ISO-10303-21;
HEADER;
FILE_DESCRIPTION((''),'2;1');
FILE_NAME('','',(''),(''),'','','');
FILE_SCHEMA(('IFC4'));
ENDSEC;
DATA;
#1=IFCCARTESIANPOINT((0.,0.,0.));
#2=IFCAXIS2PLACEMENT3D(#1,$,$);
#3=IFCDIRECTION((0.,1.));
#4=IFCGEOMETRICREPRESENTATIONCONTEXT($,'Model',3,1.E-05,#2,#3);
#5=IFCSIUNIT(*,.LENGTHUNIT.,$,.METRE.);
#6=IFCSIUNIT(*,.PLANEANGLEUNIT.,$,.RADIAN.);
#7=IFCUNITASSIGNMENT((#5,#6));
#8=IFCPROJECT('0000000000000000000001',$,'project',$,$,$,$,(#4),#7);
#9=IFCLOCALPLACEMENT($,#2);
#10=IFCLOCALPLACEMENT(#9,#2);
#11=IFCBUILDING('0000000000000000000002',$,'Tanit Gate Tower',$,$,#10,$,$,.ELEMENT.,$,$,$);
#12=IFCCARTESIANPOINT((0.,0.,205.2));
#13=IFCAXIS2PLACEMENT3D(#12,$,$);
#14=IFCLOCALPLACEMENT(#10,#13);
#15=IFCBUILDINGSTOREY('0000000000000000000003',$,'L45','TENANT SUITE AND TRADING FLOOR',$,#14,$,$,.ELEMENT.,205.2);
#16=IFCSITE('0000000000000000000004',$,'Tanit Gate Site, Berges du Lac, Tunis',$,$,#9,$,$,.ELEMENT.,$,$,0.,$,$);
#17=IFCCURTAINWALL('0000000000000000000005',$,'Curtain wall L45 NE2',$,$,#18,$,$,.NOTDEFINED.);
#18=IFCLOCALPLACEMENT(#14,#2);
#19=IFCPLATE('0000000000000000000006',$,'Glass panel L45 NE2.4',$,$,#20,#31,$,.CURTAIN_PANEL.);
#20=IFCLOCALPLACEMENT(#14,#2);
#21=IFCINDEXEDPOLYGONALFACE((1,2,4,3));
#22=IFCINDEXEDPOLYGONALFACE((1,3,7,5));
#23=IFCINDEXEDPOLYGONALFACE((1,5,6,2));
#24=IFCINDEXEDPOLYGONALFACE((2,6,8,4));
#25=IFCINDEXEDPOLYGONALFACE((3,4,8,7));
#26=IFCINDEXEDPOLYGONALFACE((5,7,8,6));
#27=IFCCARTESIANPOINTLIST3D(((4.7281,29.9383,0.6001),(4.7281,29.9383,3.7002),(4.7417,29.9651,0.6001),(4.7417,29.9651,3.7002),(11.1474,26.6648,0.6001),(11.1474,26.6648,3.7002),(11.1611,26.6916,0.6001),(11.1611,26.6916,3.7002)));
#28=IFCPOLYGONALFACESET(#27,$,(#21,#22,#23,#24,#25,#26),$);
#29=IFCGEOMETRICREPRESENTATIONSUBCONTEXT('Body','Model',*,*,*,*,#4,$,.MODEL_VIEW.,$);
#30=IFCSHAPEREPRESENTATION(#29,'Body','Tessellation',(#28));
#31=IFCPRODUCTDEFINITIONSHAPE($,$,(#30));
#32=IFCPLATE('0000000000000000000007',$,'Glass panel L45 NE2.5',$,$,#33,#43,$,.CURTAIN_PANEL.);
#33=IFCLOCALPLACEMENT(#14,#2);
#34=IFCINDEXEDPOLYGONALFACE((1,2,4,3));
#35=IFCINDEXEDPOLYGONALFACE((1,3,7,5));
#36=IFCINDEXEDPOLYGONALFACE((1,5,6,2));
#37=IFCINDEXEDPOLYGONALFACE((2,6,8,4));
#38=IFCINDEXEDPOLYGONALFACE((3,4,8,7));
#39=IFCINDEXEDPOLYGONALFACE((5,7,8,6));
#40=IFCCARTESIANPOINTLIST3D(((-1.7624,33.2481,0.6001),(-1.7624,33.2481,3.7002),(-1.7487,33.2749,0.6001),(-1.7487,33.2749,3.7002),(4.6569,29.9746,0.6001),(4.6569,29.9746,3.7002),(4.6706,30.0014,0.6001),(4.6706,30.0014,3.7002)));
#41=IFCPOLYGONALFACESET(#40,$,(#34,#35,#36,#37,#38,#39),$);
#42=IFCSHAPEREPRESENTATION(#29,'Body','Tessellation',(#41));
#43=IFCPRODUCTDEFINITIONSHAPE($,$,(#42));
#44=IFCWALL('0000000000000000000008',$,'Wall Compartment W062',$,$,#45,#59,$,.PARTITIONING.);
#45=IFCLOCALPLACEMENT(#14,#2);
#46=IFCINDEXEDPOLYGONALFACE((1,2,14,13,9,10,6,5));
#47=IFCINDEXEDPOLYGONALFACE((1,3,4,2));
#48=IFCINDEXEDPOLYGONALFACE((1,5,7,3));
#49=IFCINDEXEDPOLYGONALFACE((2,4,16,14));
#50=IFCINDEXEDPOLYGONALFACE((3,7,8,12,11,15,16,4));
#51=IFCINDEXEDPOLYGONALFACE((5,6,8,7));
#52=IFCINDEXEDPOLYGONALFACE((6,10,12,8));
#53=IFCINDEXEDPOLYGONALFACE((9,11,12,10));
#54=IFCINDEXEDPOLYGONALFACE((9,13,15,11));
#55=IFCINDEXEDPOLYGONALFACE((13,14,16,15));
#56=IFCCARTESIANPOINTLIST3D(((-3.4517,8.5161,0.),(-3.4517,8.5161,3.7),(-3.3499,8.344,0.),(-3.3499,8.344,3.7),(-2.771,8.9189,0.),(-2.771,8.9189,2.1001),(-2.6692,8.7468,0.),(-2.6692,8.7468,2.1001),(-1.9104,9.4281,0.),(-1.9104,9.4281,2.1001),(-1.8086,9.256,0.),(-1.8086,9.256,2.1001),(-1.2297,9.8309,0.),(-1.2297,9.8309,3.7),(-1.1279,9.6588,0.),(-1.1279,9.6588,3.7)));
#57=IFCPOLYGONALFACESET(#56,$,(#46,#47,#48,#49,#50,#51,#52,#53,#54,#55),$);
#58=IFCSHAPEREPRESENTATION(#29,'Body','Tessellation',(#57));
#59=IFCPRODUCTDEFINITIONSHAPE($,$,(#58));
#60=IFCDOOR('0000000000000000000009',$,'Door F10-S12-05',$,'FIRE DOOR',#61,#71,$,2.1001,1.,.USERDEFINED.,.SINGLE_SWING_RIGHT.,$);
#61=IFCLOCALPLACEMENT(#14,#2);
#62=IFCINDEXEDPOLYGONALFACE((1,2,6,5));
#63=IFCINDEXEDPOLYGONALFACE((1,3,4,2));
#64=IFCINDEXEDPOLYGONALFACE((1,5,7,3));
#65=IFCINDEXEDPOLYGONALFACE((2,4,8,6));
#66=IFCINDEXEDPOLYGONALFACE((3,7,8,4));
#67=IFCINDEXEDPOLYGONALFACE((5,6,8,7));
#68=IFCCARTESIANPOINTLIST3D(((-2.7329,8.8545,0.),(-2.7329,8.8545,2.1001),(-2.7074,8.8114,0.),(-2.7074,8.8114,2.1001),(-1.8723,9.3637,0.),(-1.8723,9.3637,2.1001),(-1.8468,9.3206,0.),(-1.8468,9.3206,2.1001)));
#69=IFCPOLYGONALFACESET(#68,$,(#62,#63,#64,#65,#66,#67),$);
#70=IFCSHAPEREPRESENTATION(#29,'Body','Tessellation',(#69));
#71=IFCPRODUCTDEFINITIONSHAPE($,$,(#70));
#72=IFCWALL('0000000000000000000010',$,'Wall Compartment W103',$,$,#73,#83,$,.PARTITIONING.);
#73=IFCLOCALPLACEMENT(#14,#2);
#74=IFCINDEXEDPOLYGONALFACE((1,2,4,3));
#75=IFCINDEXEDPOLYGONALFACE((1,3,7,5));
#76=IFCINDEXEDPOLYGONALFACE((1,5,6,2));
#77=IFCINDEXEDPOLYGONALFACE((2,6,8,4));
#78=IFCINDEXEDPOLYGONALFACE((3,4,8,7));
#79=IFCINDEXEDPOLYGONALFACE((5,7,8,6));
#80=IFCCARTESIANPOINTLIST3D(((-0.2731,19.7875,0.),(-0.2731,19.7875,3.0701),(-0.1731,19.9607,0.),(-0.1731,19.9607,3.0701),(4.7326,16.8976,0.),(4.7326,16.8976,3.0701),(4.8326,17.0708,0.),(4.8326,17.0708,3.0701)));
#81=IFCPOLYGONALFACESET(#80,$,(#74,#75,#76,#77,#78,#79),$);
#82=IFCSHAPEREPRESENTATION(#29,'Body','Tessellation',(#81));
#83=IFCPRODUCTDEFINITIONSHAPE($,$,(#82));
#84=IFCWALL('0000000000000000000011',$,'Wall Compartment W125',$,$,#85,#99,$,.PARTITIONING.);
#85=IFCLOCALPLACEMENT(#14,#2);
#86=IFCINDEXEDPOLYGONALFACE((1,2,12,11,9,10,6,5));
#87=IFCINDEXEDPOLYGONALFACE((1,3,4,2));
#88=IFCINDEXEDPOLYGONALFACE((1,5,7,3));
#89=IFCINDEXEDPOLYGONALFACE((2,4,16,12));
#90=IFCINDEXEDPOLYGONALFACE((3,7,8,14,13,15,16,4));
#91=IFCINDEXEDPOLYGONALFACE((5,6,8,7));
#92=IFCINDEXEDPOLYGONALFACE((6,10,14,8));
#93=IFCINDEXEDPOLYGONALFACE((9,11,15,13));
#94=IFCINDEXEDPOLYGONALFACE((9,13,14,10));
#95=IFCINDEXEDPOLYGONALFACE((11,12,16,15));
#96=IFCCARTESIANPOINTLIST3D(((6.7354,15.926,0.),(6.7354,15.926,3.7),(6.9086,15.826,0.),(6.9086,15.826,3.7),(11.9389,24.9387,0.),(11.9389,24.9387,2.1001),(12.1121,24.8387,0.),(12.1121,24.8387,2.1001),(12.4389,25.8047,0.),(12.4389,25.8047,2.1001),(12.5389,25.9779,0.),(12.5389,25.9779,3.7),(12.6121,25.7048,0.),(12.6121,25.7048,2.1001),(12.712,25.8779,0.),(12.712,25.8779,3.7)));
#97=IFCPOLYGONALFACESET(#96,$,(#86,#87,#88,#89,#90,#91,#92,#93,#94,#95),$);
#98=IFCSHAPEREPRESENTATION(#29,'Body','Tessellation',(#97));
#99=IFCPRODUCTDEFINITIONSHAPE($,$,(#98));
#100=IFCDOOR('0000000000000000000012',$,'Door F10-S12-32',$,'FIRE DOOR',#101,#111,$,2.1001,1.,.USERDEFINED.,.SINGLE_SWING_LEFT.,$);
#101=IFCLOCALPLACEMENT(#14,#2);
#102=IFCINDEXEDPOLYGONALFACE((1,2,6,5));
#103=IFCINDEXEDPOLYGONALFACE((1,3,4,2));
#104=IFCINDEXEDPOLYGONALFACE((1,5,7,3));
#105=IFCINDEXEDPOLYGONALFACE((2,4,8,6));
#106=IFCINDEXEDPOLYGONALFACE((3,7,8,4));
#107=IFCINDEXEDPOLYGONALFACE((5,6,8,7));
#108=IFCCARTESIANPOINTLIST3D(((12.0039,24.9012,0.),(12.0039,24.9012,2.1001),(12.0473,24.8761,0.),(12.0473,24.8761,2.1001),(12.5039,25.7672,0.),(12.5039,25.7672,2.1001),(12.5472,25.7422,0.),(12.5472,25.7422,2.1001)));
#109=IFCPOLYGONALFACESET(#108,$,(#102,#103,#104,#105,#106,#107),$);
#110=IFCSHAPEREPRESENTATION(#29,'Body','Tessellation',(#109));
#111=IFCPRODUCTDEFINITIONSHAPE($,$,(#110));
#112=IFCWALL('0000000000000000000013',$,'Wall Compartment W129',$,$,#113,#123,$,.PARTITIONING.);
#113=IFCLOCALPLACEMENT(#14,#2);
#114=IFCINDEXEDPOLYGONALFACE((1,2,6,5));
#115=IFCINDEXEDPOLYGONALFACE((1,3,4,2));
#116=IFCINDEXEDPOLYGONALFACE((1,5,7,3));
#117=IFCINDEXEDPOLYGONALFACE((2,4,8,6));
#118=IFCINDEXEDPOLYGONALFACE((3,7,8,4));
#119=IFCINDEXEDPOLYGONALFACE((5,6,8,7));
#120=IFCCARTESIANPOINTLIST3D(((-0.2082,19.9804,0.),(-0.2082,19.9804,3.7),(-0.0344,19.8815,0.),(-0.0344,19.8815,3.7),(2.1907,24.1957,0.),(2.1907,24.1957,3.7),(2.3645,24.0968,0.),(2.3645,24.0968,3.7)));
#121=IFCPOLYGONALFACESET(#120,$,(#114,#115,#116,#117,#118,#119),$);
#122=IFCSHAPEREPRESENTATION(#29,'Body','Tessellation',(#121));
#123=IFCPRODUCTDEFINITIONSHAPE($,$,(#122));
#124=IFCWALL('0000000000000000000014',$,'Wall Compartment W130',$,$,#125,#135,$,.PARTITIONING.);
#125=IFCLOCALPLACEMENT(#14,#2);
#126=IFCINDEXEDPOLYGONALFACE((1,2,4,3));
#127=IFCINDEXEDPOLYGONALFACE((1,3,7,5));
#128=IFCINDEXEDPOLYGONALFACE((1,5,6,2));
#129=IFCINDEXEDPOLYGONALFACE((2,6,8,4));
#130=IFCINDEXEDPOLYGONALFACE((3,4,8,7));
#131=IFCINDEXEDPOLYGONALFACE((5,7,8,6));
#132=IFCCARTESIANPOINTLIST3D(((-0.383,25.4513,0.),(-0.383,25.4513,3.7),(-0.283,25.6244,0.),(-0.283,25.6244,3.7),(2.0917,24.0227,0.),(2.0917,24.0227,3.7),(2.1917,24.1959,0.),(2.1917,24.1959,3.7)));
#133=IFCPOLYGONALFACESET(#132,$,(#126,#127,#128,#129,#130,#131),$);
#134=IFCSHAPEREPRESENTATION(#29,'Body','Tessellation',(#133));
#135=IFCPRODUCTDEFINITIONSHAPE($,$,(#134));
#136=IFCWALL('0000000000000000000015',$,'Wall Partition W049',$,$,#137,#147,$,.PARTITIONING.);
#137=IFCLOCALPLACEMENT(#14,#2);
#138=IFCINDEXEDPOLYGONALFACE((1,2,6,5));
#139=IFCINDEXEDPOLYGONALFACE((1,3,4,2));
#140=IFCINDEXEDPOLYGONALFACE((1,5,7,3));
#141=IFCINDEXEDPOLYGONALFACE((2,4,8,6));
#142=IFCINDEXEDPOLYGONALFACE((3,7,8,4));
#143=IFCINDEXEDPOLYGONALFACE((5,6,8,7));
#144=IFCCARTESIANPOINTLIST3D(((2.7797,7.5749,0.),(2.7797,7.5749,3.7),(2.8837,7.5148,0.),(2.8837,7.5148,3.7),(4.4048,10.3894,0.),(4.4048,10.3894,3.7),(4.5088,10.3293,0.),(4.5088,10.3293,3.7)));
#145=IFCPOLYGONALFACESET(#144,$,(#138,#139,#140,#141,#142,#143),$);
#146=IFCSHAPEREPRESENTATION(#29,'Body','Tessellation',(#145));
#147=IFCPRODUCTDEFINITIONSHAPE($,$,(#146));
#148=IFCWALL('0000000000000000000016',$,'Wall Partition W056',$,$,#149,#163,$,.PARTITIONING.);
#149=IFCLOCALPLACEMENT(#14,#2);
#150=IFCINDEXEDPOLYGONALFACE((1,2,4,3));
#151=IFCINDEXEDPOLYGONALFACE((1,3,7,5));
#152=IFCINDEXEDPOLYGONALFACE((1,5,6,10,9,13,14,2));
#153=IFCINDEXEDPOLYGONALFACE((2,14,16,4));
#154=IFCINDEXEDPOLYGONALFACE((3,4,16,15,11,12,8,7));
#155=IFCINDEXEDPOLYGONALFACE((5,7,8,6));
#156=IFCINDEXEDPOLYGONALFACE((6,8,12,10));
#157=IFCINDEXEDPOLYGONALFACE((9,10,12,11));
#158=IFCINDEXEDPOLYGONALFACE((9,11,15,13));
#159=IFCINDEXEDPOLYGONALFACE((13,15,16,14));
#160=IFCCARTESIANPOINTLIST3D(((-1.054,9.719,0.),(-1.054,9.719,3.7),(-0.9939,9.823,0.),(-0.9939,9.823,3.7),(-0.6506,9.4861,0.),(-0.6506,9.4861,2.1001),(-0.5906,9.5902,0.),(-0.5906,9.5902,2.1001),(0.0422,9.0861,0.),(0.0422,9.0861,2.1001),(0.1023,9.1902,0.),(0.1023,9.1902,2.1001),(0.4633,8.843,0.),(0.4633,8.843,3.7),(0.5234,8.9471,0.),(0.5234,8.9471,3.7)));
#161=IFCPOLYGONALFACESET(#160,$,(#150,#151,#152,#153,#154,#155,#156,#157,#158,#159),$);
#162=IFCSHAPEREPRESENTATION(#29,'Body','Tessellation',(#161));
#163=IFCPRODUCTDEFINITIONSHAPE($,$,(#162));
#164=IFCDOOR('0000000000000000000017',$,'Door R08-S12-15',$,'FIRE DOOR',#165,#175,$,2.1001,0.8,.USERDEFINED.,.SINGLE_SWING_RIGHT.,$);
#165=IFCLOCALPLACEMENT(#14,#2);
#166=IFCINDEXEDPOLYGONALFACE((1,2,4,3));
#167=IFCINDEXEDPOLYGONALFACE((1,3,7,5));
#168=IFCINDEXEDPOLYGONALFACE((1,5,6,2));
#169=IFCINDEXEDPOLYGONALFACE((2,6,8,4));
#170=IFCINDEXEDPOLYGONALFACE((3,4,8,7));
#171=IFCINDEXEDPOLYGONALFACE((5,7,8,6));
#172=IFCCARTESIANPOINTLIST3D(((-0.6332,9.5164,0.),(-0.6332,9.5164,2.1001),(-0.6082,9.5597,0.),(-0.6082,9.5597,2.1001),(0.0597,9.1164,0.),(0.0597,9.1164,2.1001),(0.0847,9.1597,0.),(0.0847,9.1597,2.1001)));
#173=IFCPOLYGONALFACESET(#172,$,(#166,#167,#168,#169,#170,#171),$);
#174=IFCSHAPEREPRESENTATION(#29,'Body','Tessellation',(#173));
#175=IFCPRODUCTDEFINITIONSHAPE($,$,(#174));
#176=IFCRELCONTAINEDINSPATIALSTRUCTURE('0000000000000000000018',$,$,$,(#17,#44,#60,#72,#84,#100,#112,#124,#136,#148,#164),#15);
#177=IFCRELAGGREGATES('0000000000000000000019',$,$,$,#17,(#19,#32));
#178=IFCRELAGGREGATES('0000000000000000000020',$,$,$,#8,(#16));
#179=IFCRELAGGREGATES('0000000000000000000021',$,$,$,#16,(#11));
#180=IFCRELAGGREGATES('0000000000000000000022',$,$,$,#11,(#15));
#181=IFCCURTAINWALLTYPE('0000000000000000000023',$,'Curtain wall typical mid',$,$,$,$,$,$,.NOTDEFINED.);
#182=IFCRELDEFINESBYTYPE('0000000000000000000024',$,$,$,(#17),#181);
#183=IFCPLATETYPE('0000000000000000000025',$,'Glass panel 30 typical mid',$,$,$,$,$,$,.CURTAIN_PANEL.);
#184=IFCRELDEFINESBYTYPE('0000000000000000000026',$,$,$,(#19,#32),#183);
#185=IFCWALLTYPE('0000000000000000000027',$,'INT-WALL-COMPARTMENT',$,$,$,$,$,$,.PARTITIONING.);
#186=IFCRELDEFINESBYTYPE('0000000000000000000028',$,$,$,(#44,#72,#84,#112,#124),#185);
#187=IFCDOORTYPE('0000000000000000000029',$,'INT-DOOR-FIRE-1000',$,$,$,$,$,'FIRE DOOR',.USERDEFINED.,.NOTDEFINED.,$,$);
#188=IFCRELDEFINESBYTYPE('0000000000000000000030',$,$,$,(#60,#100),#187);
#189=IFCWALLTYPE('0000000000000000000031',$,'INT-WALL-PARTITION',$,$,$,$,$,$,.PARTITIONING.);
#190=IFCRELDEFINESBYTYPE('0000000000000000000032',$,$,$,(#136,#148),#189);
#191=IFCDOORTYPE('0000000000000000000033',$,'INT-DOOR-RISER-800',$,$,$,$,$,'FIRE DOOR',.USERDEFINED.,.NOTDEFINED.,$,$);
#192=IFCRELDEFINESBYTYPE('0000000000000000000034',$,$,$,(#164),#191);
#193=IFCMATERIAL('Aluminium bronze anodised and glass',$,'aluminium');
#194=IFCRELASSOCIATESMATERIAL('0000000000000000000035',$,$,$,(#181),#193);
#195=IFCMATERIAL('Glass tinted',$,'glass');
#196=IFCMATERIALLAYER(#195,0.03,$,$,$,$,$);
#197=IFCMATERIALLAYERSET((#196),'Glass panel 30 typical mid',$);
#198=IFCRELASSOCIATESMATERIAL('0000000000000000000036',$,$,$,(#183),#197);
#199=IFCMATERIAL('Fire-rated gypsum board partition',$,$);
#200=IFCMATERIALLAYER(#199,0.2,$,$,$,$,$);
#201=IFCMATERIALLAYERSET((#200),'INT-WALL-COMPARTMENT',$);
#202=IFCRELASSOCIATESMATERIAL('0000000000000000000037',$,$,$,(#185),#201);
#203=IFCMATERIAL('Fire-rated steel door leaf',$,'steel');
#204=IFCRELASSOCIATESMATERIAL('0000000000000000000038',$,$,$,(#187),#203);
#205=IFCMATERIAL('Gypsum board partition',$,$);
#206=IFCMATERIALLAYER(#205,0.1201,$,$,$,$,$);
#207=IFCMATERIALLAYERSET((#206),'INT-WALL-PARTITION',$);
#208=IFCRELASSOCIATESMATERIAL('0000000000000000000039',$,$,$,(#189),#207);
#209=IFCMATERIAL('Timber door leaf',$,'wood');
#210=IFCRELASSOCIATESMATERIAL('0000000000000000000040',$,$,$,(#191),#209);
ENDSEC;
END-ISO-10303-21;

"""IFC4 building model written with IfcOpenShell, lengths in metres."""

from ifc_helpers import new_model, si_unit, direction, frame, frame_2d, origin, origin_2d, place, context, subcontext, project, spatial, rectangle, extrude, material, layer, layer_set, type_object, element, fill, aggregate, save


model = new_model("IFC4")

# Units and contexts
model_context = context("Model", 3, precision=1e-05, world=origin(), true_north=direction((0.0, 1.0)))
body_context = subcontext(model_context, "Body", "Model", "MODEL_VIEW")
ifc_project = project(units=[si_unit("LENGTHUNIT", "METRE"), si_unit("PLANEANGLEUNIT", "RADIAN")], contexts=[model_context])

# Site, building, storey
site_placement = place(None, origin())
site = spatial("IfcSite", under=ifc_project, at=site_placement, Name="Tanit Gate Site, Berges du Lac, Tunis", CompositionType="ELEMENT", RefElevation=0.0)
building_placement = place(site_placement, origin())
building = spatial("IfcBuilding", under=site, at=building_placement, Name="Tanit Gate Tower", CompositionType="ELEMENT")
storey_placement = place(building_placement, frame((0.0, 0.0, 205.2)))
storey = spatial("IfcBuildingStorey", under=building, at=storey_placement, Name="L45", Description="TENANT SUITE AND TRADING FLOOR", CompositionType="ELEMENT", Elevation=205.2)

# Curtain wall
ifc_material_1 = material(Name="Aluminium bronze anodised and glass", Category="aluminium")
curtain_wall_type = type_object("IfcCurtainWallType", Name="Curtain wall typical mid", PredefinedType="NOTDEFINED", material=ifc_material_1)
curtain_wall_1_placement = place(storey_placement, origin())
curtain_wall_1 = element("IfcCurtainWall", 1, at=curtain_wall_1_placement, inside=storey, type_object=curtain_wall_type, Name="Curtain wall L45 NE2", PredefinedType="NOTDEFINED")

# Plates
ifc_material_2 = material(Name="Glass tinted", Category="glass")
ifc_layer_1 = layer(ifc_material_2, 0.03)
ifc_layer_set_1 = layer_set([ifc_layer_1], Name="Glass panel 30 typical mid")
plate_type = type_object("IfcPlateType", Name="Glass panel 30 typical mid", PredefinedType="CURTAIN_PANEL", material=ifc_layer_set_1)
plate_1_placement = place(storey_placement, frame((7.9446, 28.3149, 0.6001), z_axis=(0.0, 0.0, 1.0), x_axis=(-0.890855, 0.454288, 0.0)))
plate_1 = element("IfcPlate", 2, at=plate_1_placement, type_object=plate_type, Name="Glass panel L45 NE2.4", PredefinedType="CURTAIN_PANEL", context=body_context, shape_type="SweptSolid", body=[
    extrude(rectangle(XDim=7.2058, YDim=0.03, at=origin_2d()), origin(), (0.0, 0.0, 1.0), 3.1001),
])
plate_2_placement = place(storey_placement, frame((1.4541, 31.6248, 0.6001), z_axis=(0.0, 0.0, 1.0), x_axis=(-0.890855, 0.454288, 0.0)))
plate_2 = element("IfcPlate", 3, at=plate_2_placement, type_object=plate_type, Name="Glass panel L45 NE2.5", PredefinedType="CURTAIN_PANEL", context=body_context, shape_type="SweptSolid", body=[
    extrude(rectangle(XDim=7.2058, YDim=0.03, at=origin_2d()), origin(), (0.0, 0.0, 1.0), 3.1001),
])
aggregate(curtain_wall_1, [plate_1, plate_2])

# Wall, opening, door
ifc_material_3 = material(Name="Fire-rated gypsum board partition")
ifc_layer_2 = layer(ifc_material_3, 0.2)
ifc_layer_set_2 = layer_set([ifc_layer_2], Name="INT-WALL-COMPARTMENT")
wall_type_1 = type_object("IfcWallType", Name="INT-WALL-COMPARTMENT", PredefinedType="PARTITIONING", material=ifc_layer_set_2)
wall_1_placement = place(storey_placement, frame((-1.1787, 9.7449, 0.0), z_axis=(0.0, 0.0, 1.0), x_axis=(-0.860631, -0.509229, 0.0)))
wall_1 = element("IfcWall", 4, at=wall_1_placement, inside=storey, type_object=wall_type_1, Name="Wall Compartment W062", PredefinedType="PARTITIONING", context=body_context, shape_type="SweptSolid", body=[
    extrude(rectangle(XDim=2.5818, YDim=0.2, at=frame_2d((1.291, 0.0))), origin(), (0.0, 0.0, 1.0), 3.7),
])
opening_1_placement = place(wall_1_placement, frame((0.791, 0.0, 0.0)))
opening_1 = element("IfcOpeningElement", 5, at=opening_1_placement, cuts=wall_1, PredefinedType="OPENING", context=body_context, shape_type="SweptSolid", body=[
    extrude(rectangle(XDim=1.0, YDim=2.1001, at=frame_2d((0.5, 1.05))), frame((0.0, 0.1099, 0.0), z_axis=(0.0, -1.0, 0.0), x_axis=(1.0, 0.0, 0.0)), (0.0, 0.0, 1.0), 0.22),
])
ifc_material_4 = material(Name="Fire-rated steel door leaf", Category="steel")
door_type_1 = type_object("IfcDoorType", Name="INT-DOOR-FIRE-1000", ElementType="FIRE DOOR", OperationType="NOTDEFINED", PredefinedType="USERDEFINED", material=ifc_material_4)
door_1_placement = place(opening_1_placement, origin())
door_1 = element("IfcDoor", 6, at=door_1_placement, inside=storey, type_object=door_type_1, Name="Door F10-S12-05", ObjectType="FIRE DOOR", OperationType="SINGLE_SWING_RIGHT", OverallHeight=2.1001, OverallWidth=1.0, PredefinedType="USERDEFINED", context=body_context, shape_type="SweptSolid", body=[
    extrude(rectangle(XDim=1.0, YDim=2.1001, at=frame_2d((0.5, 1.05))), frame((0.0, 0.0249, 0.0), z_axis=(0.0, -1.0, 0.0), x_axis=(1.0, 0.0, 0.0)), (0.0, 0.0, 1.0), 0.05),
])
fill(opening_1, door_1)

# Wall
wall_2_placement = place(storey_placement, frame((4.7827, 16.9841, 0.0), z_axis=(0.0, 0.0, 1.0), x_axis=(-0.866033, 0.499987, 0.0)))
element("IfcWall", 7, at=wall_2_placement, inside=storey, type_object=wall_type_1, Name="Wall Compartment W103", PredefinedType="PARTITIONING", context=body_context, shape_type="SweptSolid", body=[
    extrude(rectangle(XDim=5.78, YDim=0.2, at=frame_2d((2.8901, 0.0))), origin(), (0.0, 0.0, 1.0), 3.0701),
])

# Wall, opening, door
wall_3_placement = place(storey_placement, frame((6.822, 15.876, 0.0), z_axis=(0.0, 0.0, 1.0), x_axis=(0.499996, 0.866028, 0.0)))
wall_3 = element("IfcWall", 8, at=wall_3_placement, inside=storey, type_object=wall_type_1, Name="Wall Compartment W125", PredefinedType="PARTITIONING", context=body_context, shape_type="SweptSolid", body=[
    extrude(rectangle(XDim=11.6069, YDim=0.2, at=frame_2d((5.8035, 0.0))), origin(), (0.0, 0.0, 1.0), 3.7),
])
opening_2_placement = place(wall_3_placement, frame((10.407, 0.0, 0.0)))
opening_2 = element("IfcOpeningElement", 9, at=opening_2_placement, cuts=wall_3, PredefinedType="OPENING", context=body_context, shape_type="SweptSolid", body=[
    extrude(rectangle(XDim=1.0, YDim=2.1001, at=frame_2d((0.5, 1.05))), frame((0.0, 0.1099, 0.0), z_axis=(0.0, -1.0, 0.0), x_axis=(1.0, 0.0, 0.0)), (0.0, 0.0, 1.0), 0.22),
])
door_2_placement = place(opening_2_placement, origin())
door_2 = element("IfcDoor", 10, at=door_2_placement, inside=storey, type_object=door_type_1, Name="Door F10-S12-32", ObjectType="FIRE DOOR", OperationType="SINGLE_SWING_LEFT", OverallHeight=2.1001, OverallWidth=1.0, PredefinedType="USERDEFINED", context=body_context, shape_type="SweptSolid", body=[
    extrude(rectangle(XDim=1.0, YDim=2.1001, at=frame_2d((0.5, 1.05))), frame((0.0, 0.0249, 0.0), z_axis=(0.0, -1.0, 0.0), x_axis=(1.0, 0.0, 0.0)), (0.0, 0.0, 1.0), 0.05),
])
fill(opening_2, door_2)

# Walls
wall_4_placement = place(storey_placement, frame((2.2776, 24.1462, 0.0), z_axis=(0.0, 0.0, 1.0), x_axis=(-0.494609, -0.869115, 0.0)))
element("IfcWall", 11, at=wall_4_placement, inside=storey, type_object=wall_type_1, Name="Wall Compartment W129", PredefinedType="PARTITIONING", context=body_context, shape_type="SweptSolid", body=[
    extrude(rectangle(XDim=4.8501, YDim=0.2, at=frame_2d((2.425, 0.0))), origin(), (0.0, 0.0, 1.0), 3.7),
])
wall_5_placement = place(storey_placement, frame((-0.333, 25.5378, 0.0), z_axis=(0.0, 0.0, 1.0), x_axis=(0.866063, -0.499934, 0.0)))
element("IfcWall", 12, at=wall_5_placement, inside=storey, type_object=wall_type_1, Name="Wall Compartment W130", PredefinedType="PARTITIONING", context=body_context, shape_type="SweptSolid", body=[
    extrude(rectangle(XDim=2.8574, YDim=0.2, at=frame_2d((1.4287, 0.0))), origin(), (0.0, 0.0, 1.0), 3.7),
])
ifc_material_5 = material(Name="Gypsum board partition")
ifc_layer_3 = layer(ifc_material_5, 0.1201)
ifc_layer_set_3 = layer_set([ifc_layer_3], Name="INT-WALL-PARTITION")
wall_type_2 = type_object("IfcWallType", Name="INT-WALL-PARTITION", PredefinedType="PARTITIONING", material=ifc_layer_set_3)
wall_6_placement = place(storey_placement, frame((4.4568, 10.3594, 0.0), z_axis=(0.0, 0.0, 1.0), x_axis=(-0.500017, -0.866015, 0.0)))
element("IfcWall", 13, at=wall_6_placement, inside=storey, type_object=wall_type_2, Name="Wall Partition W049", PredefinedType="PARTITIONING", context=body_context, shape_type="SweptSolid", body=[
    extrude(rectangle(XDim=3.25, YDim=0.1201, at=frame_2d((1.625, 0.0))), origin(), (0.0, 0.0, 1.0), 3.7),
])

# Wall, opening, door
wall_7_placement = place(storey_placement, frame((-1.0239, 9.771, 0.0), z_axis=(0.0, 0.0, 1.0), x_axis=(0.866039, -0.499976, 0.0)))
wall_7 = element("IfcWall", 14, at=wall_7_placement, inside=storey, type_object=wall_type_2, Name="Wall Partition W056", PredefinedType="PARTITIONING", context=body_context, shape_type="SweptSolid", body=[
    extrude(rectangle(XDim=1.752, YDim=0.1201, at=frame_2d((0.876, 0.0))), origin(), (0.0, 0.0, 1.0), 3.7),
])
opening_3_placement = place(wall_7_placement, frame((0.4658, 0.0, 0.0)))
opening_3 = element("IfcOpeningElement", 15, at=opening_3_placement, cuts=wall_7, PredefinedType="OPENING", context=body_context, shape_type="SweptSolid", body=[
    extrude(rectangle(XDim=0.8, YDim=2.1001, at=frame_2d((0.3999, 1.05))), frame((0.0, 0.0701, 0.0), z_axis=(0.0, -1.0, 0.0), x_axis=(1.0, 0.0, 0.0)), (0.0, 0.0, 1.0), 0.1401),
])
ifc_material_6 = material(Name="Timber door leaf", Category="wood")
door_type_2 = type_object("IfcDoorType", Name="INT-DOOR-RISER-800", ElementType="FIRE DOOR", OperationType="NOTDEFINED", PredefinedType="USERDEFINED", material=ifc_material_6)
door_3_placement = place(opening_3_placement, origin())
door_3 = element("IfcDoor", 16, at=door_3_placement, inside=storey, type_object=door_type_2, Name="Door R08-S12-15", ObjectType="FIRE DOOR", OperationType="SINGLE_SWING_RIGHT", OverallHeight=2.1001, OverallWidth=0.8, PredefinedType="USERDEFINED", context=body_context, shape_type="SweptSolid", body=[
    extrude(rectangle(XDim=0.8, YDim=2.1001, at=frame_2d((0.3999, 1.05))), frame((0.0, 0.0249, 0.0), z_axis=(0.0, -1.0, 0.0), x_axis=(1.0, 0.0, 0.0)), (0.0, 0.0, 1.0), 0.05),
])
fill(opening_3, door_3)

save(model, "model.ifc")
